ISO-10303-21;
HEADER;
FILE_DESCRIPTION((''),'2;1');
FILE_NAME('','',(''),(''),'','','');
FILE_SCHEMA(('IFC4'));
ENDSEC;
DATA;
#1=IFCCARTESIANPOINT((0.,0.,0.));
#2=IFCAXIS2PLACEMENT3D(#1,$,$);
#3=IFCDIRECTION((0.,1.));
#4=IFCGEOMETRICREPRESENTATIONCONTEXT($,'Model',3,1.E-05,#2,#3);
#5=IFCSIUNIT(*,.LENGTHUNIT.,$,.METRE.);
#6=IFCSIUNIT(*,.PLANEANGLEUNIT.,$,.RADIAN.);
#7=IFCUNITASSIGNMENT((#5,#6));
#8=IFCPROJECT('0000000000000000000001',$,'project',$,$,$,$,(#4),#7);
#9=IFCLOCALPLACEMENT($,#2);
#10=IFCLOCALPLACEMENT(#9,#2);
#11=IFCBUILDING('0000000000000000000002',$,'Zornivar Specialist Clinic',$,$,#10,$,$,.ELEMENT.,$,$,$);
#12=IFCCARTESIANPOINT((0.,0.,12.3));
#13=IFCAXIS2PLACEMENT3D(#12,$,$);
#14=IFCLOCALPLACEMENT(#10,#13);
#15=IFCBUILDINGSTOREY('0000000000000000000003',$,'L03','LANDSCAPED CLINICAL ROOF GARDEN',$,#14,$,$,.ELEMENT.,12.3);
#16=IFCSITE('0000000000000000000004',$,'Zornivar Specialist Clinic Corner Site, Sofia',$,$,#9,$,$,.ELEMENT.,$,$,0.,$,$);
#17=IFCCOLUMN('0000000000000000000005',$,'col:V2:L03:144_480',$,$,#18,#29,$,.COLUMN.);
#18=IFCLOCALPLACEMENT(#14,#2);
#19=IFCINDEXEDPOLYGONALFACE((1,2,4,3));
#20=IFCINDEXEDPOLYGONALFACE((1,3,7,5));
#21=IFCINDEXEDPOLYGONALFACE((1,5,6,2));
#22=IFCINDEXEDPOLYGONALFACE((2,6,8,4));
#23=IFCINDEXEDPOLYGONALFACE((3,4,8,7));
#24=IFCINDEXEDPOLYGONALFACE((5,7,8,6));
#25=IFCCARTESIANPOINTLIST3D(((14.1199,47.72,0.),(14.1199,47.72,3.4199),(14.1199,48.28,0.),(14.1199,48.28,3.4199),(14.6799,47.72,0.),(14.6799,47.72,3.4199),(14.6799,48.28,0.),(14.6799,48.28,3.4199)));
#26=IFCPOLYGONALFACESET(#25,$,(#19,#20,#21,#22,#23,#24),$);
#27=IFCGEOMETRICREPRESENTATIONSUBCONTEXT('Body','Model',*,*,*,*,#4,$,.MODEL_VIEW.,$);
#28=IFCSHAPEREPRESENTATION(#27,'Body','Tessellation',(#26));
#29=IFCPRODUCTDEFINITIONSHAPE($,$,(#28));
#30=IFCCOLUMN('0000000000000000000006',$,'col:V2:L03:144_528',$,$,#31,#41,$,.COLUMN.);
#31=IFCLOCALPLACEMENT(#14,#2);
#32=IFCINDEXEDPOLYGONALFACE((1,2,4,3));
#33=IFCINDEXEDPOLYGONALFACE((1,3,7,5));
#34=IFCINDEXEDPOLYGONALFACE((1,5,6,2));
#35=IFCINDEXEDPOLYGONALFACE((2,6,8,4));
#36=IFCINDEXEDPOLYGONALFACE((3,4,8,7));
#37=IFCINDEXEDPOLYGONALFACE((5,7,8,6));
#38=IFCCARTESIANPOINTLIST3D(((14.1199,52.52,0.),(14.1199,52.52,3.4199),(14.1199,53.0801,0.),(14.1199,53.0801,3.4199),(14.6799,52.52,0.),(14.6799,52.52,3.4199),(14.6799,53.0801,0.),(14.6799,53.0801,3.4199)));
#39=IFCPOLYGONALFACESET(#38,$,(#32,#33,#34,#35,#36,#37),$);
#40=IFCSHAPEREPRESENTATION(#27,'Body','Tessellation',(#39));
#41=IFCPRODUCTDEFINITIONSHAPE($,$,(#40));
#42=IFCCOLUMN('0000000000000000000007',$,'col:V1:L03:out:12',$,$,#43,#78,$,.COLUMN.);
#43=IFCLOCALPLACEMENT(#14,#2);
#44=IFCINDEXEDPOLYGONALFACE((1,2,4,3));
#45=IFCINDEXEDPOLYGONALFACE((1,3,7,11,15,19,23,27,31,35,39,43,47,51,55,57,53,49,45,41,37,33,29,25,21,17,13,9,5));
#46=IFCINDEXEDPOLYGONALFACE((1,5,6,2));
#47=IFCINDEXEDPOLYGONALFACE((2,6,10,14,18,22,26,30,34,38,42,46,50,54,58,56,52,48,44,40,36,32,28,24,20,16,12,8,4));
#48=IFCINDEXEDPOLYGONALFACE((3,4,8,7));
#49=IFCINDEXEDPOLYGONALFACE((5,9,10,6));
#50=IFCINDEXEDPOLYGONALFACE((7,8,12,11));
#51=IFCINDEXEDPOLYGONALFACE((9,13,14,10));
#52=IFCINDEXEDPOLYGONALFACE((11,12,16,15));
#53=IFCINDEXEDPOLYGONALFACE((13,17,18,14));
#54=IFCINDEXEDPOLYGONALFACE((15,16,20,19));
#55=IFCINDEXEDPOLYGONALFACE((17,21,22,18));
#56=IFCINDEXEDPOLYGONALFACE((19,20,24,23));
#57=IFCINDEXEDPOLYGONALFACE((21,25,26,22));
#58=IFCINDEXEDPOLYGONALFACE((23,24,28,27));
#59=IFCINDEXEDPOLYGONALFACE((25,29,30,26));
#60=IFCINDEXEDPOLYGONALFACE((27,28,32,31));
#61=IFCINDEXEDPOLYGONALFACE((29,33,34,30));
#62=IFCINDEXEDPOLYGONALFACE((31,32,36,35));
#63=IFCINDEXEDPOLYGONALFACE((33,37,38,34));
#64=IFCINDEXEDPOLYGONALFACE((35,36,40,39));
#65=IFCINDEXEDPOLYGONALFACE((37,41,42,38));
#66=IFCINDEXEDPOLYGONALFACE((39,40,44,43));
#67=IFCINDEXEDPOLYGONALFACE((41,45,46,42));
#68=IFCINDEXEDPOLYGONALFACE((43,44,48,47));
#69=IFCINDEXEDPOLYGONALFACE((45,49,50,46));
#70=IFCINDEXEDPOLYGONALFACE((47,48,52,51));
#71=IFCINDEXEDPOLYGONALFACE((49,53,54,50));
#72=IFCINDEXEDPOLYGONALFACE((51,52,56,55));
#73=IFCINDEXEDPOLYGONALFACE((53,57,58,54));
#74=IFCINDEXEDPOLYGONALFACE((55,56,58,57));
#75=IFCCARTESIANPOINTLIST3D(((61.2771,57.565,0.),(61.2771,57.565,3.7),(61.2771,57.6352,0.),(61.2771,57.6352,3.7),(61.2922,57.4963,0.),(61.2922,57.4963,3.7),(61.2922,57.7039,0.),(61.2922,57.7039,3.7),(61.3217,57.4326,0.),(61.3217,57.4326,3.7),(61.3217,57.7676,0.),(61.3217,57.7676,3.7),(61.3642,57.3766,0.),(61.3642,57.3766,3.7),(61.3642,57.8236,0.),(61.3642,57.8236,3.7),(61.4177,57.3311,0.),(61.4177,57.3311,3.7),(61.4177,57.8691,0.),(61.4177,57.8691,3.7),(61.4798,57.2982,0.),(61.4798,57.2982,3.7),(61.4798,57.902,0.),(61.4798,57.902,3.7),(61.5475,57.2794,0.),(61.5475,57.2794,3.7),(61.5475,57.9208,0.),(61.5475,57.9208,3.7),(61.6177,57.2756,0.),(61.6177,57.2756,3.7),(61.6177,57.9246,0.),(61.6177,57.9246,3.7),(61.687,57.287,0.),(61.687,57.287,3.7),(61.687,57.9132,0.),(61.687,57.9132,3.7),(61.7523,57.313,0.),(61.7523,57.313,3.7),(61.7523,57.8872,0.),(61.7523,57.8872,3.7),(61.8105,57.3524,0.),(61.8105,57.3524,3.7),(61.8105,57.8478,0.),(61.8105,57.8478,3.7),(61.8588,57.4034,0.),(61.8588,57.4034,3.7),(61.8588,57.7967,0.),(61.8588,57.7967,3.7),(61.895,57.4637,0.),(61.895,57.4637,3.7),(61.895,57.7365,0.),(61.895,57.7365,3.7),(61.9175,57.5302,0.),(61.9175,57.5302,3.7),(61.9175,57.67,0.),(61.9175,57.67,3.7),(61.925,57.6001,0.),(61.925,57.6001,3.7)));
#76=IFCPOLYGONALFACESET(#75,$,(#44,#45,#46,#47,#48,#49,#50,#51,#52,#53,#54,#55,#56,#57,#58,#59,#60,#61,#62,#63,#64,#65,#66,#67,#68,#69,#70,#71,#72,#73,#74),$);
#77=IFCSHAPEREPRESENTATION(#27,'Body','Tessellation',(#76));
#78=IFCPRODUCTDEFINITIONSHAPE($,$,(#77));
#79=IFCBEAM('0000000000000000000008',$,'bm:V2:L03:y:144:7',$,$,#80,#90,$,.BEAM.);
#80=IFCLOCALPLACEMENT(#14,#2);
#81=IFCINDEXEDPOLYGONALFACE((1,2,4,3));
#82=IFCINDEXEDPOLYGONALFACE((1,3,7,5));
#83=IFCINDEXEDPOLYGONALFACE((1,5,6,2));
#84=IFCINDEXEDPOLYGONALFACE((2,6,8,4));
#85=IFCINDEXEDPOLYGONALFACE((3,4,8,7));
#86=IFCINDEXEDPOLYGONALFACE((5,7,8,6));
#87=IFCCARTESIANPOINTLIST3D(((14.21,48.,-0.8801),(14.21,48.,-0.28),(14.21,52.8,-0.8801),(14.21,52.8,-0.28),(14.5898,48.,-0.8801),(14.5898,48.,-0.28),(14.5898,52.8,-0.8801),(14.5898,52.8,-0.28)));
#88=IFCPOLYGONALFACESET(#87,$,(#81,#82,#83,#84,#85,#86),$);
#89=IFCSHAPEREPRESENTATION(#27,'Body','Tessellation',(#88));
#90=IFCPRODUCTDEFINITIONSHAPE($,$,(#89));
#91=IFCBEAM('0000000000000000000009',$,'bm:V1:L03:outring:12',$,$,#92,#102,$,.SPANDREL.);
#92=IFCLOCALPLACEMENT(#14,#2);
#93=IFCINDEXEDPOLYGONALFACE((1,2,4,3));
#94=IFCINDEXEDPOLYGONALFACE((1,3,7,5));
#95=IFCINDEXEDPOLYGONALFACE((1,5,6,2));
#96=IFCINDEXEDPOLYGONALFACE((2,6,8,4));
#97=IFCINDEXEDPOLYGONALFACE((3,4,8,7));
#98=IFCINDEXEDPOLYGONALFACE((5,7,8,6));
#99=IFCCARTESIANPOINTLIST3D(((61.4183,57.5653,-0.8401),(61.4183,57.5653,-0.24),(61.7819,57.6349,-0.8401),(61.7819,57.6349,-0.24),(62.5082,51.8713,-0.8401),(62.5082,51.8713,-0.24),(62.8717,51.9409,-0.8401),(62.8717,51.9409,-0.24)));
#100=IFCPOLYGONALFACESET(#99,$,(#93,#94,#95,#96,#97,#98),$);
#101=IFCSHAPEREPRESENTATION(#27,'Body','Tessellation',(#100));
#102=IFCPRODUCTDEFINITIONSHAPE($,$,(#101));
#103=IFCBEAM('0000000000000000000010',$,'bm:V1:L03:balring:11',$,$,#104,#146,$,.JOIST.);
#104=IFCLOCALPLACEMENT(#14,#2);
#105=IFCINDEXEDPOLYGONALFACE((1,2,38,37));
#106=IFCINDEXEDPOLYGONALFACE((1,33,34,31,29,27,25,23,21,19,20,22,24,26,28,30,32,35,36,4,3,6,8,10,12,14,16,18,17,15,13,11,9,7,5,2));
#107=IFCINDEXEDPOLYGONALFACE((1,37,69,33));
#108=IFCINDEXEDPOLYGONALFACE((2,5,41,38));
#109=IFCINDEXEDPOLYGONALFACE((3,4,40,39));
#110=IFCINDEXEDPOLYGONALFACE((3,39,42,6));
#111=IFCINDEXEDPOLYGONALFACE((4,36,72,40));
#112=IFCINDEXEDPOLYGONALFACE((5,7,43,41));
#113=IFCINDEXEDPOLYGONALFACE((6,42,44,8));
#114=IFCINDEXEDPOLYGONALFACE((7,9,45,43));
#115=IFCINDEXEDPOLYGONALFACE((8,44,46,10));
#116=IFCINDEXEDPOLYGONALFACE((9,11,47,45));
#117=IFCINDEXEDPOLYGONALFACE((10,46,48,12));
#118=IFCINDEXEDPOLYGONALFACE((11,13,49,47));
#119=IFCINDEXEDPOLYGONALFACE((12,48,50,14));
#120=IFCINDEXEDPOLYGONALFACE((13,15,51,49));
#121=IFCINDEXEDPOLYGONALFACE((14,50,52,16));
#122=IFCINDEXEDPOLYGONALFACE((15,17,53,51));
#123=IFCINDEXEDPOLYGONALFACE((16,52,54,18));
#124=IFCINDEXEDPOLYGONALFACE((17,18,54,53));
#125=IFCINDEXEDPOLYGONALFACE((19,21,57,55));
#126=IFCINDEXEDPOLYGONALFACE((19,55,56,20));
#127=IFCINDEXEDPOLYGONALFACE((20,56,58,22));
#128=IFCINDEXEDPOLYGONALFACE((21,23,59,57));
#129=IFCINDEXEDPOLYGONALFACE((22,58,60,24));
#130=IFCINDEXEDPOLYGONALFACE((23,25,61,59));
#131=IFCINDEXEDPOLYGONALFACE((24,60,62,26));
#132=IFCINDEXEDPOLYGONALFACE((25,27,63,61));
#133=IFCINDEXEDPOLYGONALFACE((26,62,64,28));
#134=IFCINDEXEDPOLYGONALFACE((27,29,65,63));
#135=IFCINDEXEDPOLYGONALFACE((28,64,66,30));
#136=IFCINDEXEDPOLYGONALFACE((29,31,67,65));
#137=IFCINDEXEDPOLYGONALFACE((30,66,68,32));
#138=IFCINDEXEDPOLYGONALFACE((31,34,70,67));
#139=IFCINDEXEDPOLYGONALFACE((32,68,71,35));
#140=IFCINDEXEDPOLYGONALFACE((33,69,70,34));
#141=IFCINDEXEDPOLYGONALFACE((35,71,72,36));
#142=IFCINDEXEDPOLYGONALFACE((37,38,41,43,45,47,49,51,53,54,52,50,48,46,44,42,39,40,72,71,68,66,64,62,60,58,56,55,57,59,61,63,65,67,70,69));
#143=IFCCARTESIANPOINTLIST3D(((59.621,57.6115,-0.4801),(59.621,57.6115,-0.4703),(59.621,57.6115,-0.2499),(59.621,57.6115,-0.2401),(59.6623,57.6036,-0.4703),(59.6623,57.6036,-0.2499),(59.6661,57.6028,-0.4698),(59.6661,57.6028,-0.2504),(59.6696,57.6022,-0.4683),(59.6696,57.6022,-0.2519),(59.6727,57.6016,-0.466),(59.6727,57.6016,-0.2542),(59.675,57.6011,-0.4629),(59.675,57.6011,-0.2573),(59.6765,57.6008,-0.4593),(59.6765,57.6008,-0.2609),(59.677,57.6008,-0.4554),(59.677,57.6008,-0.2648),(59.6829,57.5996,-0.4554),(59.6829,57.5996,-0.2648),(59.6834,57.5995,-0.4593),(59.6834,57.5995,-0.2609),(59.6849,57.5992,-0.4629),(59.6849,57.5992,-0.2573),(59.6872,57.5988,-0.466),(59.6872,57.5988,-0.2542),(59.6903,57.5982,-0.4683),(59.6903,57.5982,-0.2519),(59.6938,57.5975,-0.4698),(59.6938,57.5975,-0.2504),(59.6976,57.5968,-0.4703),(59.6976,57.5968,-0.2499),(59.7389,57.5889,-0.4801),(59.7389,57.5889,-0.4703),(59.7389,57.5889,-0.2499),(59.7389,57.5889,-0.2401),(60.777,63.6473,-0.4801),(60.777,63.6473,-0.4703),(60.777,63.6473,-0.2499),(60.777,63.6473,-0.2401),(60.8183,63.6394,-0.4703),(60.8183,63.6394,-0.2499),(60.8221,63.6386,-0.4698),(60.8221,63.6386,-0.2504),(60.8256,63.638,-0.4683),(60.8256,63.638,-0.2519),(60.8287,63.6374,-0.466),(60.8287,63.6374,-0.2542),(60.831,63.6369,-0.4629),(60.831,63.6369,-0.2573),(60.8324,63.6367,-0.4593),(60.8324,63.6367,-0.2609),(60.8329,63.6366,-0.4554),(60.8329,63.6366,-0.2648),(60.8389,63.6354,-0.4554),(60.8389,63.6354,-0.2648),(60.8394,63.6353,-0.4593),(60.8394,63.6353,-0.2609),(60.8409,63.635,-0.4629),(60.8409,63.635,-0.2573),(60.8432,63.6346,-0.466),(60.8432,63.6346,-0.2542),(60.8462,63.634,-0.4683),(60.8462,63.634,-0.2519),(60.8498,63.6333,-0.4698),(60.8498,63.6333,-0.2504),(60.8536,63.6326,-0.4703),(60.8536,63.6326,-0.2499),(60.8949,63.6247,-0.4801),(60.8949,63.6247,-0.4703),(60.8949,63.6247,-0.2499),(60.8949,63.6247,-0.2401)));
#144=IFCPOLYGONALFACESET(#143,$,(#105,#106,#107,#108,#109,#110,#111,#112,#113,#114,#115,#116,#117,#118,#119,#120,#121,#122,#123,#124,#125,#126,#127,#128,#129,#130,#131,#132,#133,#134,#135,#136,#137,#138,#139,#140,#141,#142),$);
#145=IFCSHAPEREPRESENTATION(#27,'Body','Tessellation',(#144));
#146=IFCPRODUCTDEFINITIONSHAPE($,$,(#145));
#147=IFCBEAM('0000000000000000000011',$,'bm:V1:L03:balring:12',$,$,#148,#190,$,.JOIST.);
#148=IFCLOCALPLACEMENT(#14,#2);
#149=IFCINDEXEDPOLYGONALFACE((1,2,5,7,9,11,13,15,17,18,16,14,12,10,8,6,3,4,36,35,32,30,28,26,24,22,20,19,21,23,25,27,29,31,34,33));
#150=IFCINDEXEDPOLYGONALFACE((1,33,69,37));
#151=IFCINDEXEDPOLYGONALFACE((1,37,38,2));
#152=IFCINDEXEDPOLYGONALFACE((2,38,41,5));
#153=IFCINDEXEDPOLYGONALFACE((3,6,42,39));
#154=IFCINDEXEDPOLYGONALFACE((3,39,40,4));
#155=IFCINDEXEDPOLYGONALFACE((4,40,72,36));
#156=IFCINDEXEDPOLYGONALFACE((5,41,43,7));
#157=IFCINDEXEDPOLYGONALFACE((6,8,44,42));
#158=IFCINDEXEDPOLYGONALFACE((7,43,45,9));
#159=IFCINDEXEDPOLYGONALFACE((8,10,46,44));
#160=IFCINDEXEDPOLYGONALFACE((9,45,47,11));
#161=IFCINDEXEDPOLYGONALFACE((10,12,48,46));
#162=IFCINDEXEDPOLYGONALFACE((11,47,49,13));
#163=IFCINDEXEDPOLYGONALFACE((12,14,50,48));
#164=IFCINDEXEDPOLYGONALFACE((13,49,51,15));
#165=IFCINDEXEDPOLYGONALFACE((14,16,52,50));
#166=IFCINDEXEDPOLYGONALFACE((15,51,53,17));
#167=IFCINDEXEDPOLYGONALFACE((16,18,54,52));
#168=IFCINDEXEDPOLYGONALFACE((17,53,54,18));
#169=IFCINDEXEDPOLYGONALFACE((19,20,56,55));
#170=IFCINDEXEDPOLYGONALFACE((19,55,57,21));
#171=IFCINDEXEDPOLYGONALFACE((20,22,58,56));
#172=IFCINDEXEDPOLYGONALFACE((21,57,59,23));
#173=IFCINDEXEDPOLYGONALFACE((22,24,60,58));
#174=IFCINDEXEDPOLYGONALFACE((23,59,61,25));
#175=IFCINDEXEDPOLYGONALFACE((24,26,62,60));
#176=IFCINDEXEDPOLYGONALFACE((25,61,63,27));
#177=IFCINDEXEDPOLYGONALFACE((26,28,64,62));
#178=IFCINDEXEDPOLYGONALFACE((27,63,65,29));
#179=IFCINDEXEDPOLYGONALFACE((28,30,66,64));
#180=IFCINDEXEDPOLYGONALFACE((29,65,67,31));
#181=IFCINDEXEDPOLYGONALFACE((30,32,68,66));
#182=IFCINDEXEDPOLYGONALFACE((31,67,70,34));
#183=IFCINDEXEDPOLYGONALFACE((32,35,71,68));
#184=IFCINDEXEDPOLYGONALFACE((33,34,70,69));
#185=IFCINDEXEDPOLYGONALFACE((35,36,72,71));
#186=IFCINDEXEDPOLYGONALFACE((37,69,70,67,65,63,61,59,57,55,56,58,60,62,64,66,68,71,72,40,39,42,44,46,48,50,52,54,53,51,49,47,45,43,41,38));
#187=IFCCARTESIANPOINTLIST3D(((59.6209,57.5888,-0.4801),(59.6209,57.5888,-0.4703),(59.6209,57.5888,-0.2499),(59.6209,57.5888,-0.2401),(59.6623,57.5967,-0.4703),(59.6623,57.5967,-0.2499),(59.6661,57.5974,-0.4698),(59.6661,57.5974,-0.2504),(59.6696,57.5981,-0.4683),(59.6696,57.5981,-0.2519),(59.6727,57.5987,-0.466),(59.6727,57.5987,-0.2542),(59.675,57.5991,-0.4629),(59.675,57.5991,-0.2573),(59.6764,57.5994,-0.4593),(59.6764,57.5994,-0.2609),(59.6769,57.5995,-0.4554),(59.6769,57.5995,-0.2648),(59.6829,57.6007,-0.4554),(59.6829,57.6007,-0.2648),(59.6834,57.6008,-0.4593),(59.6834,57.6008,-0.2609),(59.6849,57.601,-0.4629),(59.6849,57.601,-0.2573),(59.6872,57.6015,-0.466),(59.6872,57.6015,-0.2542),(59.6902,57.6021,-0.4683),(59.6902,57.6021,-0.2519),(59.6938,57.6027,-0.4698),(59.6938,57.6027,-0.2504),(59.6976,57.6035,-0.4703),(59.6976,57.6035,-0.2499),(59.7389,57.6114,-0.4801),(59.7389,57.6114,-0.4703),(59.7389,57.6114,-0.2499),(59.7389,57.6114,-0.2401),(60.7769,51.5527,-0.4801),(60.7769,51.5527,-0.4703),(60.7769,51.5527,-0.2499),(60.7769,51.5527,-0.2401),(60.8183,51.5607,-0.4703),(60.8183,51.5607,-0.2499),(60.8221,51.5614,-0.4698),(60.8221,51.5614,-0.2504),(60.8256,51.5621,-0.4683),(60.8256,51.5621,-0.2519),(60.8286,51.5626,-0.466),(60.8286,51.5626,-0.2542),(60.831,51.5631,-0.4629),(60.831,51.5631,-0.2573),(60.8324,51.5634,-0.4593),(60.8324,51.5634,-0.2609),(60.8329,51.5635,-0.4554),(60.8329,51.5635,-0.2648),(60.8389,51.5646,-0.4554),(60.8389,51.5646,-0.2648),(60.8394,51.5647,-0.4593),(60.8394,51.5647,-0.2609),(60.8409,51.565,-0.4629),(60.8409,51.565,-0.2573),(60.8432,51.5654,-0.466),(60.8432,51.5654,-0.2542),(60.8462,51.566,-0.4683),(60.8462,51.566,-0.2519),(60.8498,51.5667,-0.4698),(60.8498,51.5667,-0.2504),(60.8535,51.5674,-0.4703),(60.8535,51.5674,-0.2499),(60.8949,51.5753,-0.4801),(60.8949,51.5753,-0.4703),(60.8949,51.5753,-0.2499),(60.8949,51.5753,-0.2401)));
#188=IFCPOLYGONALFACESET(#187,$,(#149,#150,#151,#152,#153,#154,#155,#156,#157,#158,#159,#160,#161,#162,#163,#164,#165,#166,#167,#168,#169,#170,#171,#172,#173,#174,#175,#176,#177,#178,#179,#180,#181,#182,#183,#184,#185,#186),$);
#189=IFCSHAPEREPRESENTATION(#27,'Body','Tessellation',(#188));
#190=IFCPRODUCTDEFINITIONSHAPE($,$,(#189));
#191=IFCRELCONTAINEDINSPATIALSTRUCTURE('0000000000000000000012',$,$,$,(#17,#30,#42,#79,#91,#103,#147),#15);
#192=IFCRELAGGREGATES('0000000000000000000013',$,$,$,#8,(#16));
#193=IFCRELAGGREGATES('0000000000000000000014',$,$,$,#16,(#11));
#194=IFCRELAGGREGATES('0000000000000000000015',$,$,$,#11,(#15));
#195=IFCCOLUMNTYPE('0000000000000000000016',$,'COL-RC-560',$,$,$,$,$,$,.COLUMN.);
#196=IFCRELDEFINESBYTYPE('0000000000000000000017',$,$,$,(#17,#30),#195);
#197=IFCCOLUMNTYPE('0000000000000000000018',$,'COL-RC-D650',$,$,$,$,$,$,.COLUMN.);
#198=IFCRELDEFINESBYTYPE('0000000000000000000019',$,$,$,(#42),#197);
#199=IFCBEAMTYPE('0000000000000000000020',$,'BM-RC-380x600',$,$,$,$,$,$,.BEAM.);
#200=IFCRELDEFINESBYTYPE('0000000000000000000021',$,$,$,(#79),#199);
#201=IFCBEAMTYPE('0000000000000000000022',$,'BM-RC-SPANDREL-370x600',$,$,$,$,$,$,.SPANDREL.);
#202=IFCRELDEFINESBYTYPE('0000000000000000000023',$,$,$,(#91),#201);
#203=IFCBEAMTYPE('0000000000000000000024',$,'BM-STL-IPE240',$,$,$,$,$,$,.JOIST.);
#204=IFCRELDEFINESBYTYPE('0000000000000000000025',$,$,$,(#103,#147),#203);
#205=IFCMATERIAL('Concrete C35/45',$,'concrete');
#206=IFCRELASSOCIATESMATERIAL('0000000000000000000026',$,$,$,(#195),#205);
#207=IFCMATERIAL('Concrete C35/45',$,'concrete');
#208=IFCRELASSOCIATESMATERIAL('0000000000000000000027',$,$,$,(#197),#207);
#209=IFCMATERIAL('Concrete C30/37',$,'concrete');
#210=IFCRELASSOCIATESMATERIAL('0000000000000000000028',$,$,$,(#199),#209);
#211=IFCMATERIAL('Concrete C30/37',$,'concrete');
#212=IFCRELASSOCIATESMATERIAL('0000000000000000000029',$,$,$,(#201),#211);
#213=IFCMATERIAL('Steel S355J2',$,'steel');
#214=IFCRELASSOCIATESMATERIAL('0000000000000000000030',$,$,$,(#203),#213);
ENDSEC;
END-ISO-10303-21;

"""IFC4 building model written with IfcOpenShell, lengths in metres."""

from ifc_helpers import new_model, si_unit, direction, frame, origin, origin_2d, place, context, subcontext, project, spatial, rectangle, circle, i_section, extrude, material, material_profile, profile_set, type_object, element, save


model = new_model("IFC4")

# Units and contexts
model_context = context("Model", 3, precision=1e-05, world=origin(), true_north=direction((0.0, 1.0)))
body_context = subcontext(model_context, "Body", "Model", "MODEL_VIEW")
ifc_project = project(units=[si_unit("LENGTHUNIT", "METRE"), si_unit("PLANEANGLEUNIT", "RADIAN")], contexts=[model_context])

# Site, building, storey
site_placement = place(None, origin())
site = spatial("IfcSite", under=ifc_project, at=site_placement, Name="Zornivar Specialist Clinic Corner Site, Sofia", CompositionType="ELEMENT", RefElevation=0.0)
building_placement = place(site_placement, origin())
building = spatial("IfcBuilding", under=site, at=building_placement, Name="Zornivar Specialist Clinic", CompositionType="ELEMENT")
storey_placement = place(building_placement, frame((0.0, 0.0, 12.3)))
storey = spatial("IfcBuildingStorey", under=building, at=storey_placement, Name="L03", Description="LANDSCAPED CLINICAL ROOF GARDEN", CompositionType="ELEMENT", Elevation=12.3)

# Columns
ifc_material_1 = material(Name="Concrete C35/45", Category="concrete")
ifc_material_profile_1 = material_profile(ifc_material_1, rectangle(XDim=0.5601, YDim=0.5601, at=origin_2d()), Name="RC 560x560")
ifc_profile_set_1 = profile_set([ifc_material_profile_1], Name="Concrete C35/45")
column_type_1 = type_object("IfcColumnType", Name="COL-RC-560", PredefinedType="COLUMN", material=ifc_profile_set_1)
for number, where, z_axis, x_axis, name in (
    (1, (14.3999, 48.0, 0.0), (0.0, 0.0, 1.0), (1.0, 0.0, 0.0), "col:V2:L03:144_480"),
    (2, (14.3999, 52.8, 0.0), (0.0, 0.0, 1.0), (1.0, 0.0, 0.0), "col:V2:L03:144_528"),
):
    element("IfcColumn", number, at=place(storey_placement, frame(where, z_axis=z_axis, x_axis=x_axis)), inside=storey, type_object=column_type_1, Name=name, PredefinedType="COLUMN", context=body_context, shape_type="SweptSolid", body=[
        extrude(rectangle(XDim=0.5601, YDim=0.5601, at=origin_2d()), origin(), (0.0, 0.0, 1.0), 3.4199),
    ])
ifc_material_2 = material(Name="Concrete C35/45", Category="concrete")
ifc_material_profile_2 = material_profile(ifc_material_2, circle(Radius=0.325, at=origin_2d()), Name="RC D650")
ifc_profile_set_2 = profile_set([ifc_material_profile_2], Name="Concrete C35/45")
column_type_2 = type_object("IfcColumnType", Name="COL-RC-D650", PredefinedType="COLUMN", material=ifc_profile_set_2)
column_placement = place(storey_placement, frame((61.6001, 57.6001, 0.0), z_axis=(0.0, 0.0, 1.0), x_axis=(1.0, 0.0, 0.0)))
element("IfcColumn", 3, at=column_placement, inside=storey, type_object=column_type_2, Name="col:V1:L03:out:12", PredefinedType="COLUMN", context=body_context, shape_type="SweptSolid", body=[
    extrude(circle(Radius=0.325, at=origin_2d()), origin(), (0.0, 0.0, 1.0), 3.7),
])

# Beams
ifc_material_3 = material(Name="Concrete C30/37", Category="concrete")
ifc_material_profile_3 = material_profile(ifc_material_3, rectangle(XDim=0.3799, YDim=0.6001, at=origin_2d()), Name="RC 380x600")
ifc_profile_set_3 = profile_set([ifc_material_profile_3], Name="Concrete C30/37")
beam_type_1 = type_object("IfcBeamType", Name="BM-RC-380x600", PredefinedType="BEAM", material=ifc_profile_set_3)
beam_1_placement = place(storey_placement, frame((14.3999, 48.0, -0.5801), z_axis=(0.0, 1.0, 0.0), x_axis=(-1.0, 0.0, 0.0)))
element("IfcBeam", 4, at=beam_1_placement, inside=storey, type_object=beam_type_1, Name="bm:V2:L03:y:144:7", PredefinedType="BEAM", context=body_context, shape_type="SweptSolid", body=[
    extrude(rectangle(XDim=0.3799, YDim=0.6001, at=origin_2d()), origin(), (0.0, 0.0, 1.0), 4.8),
])
ifc_material_4 = material(Name="Concrete C30/37", Category="concrete")
ifc_material_profile_4 = material_profile(ifc_material_4, rectangle(XDim=0.3701, YDim=0.6001, at=origin_2d()), Name="RC 370x600")
ifc_profile_set_4 = profile_set([ifc_material_profile_4], Name="Concrete C30/37")
beam_type_2 = type_object("IfcBeamType", Name="BM-RC-SPANDREL-370x600", PredefinedType="SPANDREL", material=ifc_profile_set_4)
beam_2_placement = place(storey_placement, frame((61.6001, 57.6001, -0.54), z_axis=(0.187987, -0.982172, 0.0), x_axis=(0.982172, 0.187987, 0.0)))
element("IfcBeam", 5, at=beam_2_placement, inside=storey, type_object=beam_type_2, Name="bm:V1:L03:outring:12", PredefinedType="SPANDREL", context=body_context, shape_type="SweptSolid", body=[
    extrude(rectangle(XDim=0.3701, YDim=0.6001, at=origin_2d()), origin(), (0.0, 0.0, 1.0), 5.7974),
])
ifc_material_5 = material(Name="Steel S355J2", Category="steel")
ifc_material_profile_5 = material_profile(ifc_material_5, i_section(OverallWidth=0.1201, OverallDepth=0.24, WebThickness=0.0061, FlangeThickness=0.0098, FilletRadius=0.0149, at=origin_2d()), Name="IPE 240")
ifc_profile_set_5 = profile_set([ifc_material_profile_5], Name="Steel S355J2")
beam_type_3 = type_object("IfcBeamType", Name="BM-STL-IPE240", PredefinedType="JOIST", material=ifc_profile_set_5)
beam_3_placement = place(storey_placement, frame((60.8359, 63.636, -0.3601), z_axis=(-0.188103, -0.982149, 0.0), x_axis=(0.982149, -0.188103, 0.0)))
element("IfcBeam", 6, at=beam_3_placement, inside=storey, type_object=beam_type_3, Name="bm:V1:L03:balring:11", PredefinedType="JOIST", context=body_context, shape_type="SweptSolid", body=[
    extrude(i_section(OverallWidth=0.1201, OverallDepth=0.24, WebThickness=0.0061, FlangeThickness=0.0098, FilletRadius=0.0149, at=origin_2d()), origin(), (0.0, 0.0, 1.0), 6.1455),
])
beam_4_placement = place(storey_placement, frame((59.6799, 57.6001, -0.3601), z_axis=(0.188096, -0.982151, 0.0), x_axis=(0.982151, 0.188096, 0.0)))
element("IfcBeam", 7, at=beam_4_placement, inside=storey, type_object=beam_type_3, Name="bm:V1:L03:balring:12", PredefinedType="JOIST", context=body_context, shape_type="SweptSolid", body=[
    extrude(i_section(OverallWidth=0.1201, OverallDepth=0.24, WebThickness=0.0061, FlangeThickness=0.0098, FilletRadius=0.0149, at=origin_2d()), origin(), (0.0, 0.0, 1.0), 6.1458),
])

save(model, "model.ifc")
